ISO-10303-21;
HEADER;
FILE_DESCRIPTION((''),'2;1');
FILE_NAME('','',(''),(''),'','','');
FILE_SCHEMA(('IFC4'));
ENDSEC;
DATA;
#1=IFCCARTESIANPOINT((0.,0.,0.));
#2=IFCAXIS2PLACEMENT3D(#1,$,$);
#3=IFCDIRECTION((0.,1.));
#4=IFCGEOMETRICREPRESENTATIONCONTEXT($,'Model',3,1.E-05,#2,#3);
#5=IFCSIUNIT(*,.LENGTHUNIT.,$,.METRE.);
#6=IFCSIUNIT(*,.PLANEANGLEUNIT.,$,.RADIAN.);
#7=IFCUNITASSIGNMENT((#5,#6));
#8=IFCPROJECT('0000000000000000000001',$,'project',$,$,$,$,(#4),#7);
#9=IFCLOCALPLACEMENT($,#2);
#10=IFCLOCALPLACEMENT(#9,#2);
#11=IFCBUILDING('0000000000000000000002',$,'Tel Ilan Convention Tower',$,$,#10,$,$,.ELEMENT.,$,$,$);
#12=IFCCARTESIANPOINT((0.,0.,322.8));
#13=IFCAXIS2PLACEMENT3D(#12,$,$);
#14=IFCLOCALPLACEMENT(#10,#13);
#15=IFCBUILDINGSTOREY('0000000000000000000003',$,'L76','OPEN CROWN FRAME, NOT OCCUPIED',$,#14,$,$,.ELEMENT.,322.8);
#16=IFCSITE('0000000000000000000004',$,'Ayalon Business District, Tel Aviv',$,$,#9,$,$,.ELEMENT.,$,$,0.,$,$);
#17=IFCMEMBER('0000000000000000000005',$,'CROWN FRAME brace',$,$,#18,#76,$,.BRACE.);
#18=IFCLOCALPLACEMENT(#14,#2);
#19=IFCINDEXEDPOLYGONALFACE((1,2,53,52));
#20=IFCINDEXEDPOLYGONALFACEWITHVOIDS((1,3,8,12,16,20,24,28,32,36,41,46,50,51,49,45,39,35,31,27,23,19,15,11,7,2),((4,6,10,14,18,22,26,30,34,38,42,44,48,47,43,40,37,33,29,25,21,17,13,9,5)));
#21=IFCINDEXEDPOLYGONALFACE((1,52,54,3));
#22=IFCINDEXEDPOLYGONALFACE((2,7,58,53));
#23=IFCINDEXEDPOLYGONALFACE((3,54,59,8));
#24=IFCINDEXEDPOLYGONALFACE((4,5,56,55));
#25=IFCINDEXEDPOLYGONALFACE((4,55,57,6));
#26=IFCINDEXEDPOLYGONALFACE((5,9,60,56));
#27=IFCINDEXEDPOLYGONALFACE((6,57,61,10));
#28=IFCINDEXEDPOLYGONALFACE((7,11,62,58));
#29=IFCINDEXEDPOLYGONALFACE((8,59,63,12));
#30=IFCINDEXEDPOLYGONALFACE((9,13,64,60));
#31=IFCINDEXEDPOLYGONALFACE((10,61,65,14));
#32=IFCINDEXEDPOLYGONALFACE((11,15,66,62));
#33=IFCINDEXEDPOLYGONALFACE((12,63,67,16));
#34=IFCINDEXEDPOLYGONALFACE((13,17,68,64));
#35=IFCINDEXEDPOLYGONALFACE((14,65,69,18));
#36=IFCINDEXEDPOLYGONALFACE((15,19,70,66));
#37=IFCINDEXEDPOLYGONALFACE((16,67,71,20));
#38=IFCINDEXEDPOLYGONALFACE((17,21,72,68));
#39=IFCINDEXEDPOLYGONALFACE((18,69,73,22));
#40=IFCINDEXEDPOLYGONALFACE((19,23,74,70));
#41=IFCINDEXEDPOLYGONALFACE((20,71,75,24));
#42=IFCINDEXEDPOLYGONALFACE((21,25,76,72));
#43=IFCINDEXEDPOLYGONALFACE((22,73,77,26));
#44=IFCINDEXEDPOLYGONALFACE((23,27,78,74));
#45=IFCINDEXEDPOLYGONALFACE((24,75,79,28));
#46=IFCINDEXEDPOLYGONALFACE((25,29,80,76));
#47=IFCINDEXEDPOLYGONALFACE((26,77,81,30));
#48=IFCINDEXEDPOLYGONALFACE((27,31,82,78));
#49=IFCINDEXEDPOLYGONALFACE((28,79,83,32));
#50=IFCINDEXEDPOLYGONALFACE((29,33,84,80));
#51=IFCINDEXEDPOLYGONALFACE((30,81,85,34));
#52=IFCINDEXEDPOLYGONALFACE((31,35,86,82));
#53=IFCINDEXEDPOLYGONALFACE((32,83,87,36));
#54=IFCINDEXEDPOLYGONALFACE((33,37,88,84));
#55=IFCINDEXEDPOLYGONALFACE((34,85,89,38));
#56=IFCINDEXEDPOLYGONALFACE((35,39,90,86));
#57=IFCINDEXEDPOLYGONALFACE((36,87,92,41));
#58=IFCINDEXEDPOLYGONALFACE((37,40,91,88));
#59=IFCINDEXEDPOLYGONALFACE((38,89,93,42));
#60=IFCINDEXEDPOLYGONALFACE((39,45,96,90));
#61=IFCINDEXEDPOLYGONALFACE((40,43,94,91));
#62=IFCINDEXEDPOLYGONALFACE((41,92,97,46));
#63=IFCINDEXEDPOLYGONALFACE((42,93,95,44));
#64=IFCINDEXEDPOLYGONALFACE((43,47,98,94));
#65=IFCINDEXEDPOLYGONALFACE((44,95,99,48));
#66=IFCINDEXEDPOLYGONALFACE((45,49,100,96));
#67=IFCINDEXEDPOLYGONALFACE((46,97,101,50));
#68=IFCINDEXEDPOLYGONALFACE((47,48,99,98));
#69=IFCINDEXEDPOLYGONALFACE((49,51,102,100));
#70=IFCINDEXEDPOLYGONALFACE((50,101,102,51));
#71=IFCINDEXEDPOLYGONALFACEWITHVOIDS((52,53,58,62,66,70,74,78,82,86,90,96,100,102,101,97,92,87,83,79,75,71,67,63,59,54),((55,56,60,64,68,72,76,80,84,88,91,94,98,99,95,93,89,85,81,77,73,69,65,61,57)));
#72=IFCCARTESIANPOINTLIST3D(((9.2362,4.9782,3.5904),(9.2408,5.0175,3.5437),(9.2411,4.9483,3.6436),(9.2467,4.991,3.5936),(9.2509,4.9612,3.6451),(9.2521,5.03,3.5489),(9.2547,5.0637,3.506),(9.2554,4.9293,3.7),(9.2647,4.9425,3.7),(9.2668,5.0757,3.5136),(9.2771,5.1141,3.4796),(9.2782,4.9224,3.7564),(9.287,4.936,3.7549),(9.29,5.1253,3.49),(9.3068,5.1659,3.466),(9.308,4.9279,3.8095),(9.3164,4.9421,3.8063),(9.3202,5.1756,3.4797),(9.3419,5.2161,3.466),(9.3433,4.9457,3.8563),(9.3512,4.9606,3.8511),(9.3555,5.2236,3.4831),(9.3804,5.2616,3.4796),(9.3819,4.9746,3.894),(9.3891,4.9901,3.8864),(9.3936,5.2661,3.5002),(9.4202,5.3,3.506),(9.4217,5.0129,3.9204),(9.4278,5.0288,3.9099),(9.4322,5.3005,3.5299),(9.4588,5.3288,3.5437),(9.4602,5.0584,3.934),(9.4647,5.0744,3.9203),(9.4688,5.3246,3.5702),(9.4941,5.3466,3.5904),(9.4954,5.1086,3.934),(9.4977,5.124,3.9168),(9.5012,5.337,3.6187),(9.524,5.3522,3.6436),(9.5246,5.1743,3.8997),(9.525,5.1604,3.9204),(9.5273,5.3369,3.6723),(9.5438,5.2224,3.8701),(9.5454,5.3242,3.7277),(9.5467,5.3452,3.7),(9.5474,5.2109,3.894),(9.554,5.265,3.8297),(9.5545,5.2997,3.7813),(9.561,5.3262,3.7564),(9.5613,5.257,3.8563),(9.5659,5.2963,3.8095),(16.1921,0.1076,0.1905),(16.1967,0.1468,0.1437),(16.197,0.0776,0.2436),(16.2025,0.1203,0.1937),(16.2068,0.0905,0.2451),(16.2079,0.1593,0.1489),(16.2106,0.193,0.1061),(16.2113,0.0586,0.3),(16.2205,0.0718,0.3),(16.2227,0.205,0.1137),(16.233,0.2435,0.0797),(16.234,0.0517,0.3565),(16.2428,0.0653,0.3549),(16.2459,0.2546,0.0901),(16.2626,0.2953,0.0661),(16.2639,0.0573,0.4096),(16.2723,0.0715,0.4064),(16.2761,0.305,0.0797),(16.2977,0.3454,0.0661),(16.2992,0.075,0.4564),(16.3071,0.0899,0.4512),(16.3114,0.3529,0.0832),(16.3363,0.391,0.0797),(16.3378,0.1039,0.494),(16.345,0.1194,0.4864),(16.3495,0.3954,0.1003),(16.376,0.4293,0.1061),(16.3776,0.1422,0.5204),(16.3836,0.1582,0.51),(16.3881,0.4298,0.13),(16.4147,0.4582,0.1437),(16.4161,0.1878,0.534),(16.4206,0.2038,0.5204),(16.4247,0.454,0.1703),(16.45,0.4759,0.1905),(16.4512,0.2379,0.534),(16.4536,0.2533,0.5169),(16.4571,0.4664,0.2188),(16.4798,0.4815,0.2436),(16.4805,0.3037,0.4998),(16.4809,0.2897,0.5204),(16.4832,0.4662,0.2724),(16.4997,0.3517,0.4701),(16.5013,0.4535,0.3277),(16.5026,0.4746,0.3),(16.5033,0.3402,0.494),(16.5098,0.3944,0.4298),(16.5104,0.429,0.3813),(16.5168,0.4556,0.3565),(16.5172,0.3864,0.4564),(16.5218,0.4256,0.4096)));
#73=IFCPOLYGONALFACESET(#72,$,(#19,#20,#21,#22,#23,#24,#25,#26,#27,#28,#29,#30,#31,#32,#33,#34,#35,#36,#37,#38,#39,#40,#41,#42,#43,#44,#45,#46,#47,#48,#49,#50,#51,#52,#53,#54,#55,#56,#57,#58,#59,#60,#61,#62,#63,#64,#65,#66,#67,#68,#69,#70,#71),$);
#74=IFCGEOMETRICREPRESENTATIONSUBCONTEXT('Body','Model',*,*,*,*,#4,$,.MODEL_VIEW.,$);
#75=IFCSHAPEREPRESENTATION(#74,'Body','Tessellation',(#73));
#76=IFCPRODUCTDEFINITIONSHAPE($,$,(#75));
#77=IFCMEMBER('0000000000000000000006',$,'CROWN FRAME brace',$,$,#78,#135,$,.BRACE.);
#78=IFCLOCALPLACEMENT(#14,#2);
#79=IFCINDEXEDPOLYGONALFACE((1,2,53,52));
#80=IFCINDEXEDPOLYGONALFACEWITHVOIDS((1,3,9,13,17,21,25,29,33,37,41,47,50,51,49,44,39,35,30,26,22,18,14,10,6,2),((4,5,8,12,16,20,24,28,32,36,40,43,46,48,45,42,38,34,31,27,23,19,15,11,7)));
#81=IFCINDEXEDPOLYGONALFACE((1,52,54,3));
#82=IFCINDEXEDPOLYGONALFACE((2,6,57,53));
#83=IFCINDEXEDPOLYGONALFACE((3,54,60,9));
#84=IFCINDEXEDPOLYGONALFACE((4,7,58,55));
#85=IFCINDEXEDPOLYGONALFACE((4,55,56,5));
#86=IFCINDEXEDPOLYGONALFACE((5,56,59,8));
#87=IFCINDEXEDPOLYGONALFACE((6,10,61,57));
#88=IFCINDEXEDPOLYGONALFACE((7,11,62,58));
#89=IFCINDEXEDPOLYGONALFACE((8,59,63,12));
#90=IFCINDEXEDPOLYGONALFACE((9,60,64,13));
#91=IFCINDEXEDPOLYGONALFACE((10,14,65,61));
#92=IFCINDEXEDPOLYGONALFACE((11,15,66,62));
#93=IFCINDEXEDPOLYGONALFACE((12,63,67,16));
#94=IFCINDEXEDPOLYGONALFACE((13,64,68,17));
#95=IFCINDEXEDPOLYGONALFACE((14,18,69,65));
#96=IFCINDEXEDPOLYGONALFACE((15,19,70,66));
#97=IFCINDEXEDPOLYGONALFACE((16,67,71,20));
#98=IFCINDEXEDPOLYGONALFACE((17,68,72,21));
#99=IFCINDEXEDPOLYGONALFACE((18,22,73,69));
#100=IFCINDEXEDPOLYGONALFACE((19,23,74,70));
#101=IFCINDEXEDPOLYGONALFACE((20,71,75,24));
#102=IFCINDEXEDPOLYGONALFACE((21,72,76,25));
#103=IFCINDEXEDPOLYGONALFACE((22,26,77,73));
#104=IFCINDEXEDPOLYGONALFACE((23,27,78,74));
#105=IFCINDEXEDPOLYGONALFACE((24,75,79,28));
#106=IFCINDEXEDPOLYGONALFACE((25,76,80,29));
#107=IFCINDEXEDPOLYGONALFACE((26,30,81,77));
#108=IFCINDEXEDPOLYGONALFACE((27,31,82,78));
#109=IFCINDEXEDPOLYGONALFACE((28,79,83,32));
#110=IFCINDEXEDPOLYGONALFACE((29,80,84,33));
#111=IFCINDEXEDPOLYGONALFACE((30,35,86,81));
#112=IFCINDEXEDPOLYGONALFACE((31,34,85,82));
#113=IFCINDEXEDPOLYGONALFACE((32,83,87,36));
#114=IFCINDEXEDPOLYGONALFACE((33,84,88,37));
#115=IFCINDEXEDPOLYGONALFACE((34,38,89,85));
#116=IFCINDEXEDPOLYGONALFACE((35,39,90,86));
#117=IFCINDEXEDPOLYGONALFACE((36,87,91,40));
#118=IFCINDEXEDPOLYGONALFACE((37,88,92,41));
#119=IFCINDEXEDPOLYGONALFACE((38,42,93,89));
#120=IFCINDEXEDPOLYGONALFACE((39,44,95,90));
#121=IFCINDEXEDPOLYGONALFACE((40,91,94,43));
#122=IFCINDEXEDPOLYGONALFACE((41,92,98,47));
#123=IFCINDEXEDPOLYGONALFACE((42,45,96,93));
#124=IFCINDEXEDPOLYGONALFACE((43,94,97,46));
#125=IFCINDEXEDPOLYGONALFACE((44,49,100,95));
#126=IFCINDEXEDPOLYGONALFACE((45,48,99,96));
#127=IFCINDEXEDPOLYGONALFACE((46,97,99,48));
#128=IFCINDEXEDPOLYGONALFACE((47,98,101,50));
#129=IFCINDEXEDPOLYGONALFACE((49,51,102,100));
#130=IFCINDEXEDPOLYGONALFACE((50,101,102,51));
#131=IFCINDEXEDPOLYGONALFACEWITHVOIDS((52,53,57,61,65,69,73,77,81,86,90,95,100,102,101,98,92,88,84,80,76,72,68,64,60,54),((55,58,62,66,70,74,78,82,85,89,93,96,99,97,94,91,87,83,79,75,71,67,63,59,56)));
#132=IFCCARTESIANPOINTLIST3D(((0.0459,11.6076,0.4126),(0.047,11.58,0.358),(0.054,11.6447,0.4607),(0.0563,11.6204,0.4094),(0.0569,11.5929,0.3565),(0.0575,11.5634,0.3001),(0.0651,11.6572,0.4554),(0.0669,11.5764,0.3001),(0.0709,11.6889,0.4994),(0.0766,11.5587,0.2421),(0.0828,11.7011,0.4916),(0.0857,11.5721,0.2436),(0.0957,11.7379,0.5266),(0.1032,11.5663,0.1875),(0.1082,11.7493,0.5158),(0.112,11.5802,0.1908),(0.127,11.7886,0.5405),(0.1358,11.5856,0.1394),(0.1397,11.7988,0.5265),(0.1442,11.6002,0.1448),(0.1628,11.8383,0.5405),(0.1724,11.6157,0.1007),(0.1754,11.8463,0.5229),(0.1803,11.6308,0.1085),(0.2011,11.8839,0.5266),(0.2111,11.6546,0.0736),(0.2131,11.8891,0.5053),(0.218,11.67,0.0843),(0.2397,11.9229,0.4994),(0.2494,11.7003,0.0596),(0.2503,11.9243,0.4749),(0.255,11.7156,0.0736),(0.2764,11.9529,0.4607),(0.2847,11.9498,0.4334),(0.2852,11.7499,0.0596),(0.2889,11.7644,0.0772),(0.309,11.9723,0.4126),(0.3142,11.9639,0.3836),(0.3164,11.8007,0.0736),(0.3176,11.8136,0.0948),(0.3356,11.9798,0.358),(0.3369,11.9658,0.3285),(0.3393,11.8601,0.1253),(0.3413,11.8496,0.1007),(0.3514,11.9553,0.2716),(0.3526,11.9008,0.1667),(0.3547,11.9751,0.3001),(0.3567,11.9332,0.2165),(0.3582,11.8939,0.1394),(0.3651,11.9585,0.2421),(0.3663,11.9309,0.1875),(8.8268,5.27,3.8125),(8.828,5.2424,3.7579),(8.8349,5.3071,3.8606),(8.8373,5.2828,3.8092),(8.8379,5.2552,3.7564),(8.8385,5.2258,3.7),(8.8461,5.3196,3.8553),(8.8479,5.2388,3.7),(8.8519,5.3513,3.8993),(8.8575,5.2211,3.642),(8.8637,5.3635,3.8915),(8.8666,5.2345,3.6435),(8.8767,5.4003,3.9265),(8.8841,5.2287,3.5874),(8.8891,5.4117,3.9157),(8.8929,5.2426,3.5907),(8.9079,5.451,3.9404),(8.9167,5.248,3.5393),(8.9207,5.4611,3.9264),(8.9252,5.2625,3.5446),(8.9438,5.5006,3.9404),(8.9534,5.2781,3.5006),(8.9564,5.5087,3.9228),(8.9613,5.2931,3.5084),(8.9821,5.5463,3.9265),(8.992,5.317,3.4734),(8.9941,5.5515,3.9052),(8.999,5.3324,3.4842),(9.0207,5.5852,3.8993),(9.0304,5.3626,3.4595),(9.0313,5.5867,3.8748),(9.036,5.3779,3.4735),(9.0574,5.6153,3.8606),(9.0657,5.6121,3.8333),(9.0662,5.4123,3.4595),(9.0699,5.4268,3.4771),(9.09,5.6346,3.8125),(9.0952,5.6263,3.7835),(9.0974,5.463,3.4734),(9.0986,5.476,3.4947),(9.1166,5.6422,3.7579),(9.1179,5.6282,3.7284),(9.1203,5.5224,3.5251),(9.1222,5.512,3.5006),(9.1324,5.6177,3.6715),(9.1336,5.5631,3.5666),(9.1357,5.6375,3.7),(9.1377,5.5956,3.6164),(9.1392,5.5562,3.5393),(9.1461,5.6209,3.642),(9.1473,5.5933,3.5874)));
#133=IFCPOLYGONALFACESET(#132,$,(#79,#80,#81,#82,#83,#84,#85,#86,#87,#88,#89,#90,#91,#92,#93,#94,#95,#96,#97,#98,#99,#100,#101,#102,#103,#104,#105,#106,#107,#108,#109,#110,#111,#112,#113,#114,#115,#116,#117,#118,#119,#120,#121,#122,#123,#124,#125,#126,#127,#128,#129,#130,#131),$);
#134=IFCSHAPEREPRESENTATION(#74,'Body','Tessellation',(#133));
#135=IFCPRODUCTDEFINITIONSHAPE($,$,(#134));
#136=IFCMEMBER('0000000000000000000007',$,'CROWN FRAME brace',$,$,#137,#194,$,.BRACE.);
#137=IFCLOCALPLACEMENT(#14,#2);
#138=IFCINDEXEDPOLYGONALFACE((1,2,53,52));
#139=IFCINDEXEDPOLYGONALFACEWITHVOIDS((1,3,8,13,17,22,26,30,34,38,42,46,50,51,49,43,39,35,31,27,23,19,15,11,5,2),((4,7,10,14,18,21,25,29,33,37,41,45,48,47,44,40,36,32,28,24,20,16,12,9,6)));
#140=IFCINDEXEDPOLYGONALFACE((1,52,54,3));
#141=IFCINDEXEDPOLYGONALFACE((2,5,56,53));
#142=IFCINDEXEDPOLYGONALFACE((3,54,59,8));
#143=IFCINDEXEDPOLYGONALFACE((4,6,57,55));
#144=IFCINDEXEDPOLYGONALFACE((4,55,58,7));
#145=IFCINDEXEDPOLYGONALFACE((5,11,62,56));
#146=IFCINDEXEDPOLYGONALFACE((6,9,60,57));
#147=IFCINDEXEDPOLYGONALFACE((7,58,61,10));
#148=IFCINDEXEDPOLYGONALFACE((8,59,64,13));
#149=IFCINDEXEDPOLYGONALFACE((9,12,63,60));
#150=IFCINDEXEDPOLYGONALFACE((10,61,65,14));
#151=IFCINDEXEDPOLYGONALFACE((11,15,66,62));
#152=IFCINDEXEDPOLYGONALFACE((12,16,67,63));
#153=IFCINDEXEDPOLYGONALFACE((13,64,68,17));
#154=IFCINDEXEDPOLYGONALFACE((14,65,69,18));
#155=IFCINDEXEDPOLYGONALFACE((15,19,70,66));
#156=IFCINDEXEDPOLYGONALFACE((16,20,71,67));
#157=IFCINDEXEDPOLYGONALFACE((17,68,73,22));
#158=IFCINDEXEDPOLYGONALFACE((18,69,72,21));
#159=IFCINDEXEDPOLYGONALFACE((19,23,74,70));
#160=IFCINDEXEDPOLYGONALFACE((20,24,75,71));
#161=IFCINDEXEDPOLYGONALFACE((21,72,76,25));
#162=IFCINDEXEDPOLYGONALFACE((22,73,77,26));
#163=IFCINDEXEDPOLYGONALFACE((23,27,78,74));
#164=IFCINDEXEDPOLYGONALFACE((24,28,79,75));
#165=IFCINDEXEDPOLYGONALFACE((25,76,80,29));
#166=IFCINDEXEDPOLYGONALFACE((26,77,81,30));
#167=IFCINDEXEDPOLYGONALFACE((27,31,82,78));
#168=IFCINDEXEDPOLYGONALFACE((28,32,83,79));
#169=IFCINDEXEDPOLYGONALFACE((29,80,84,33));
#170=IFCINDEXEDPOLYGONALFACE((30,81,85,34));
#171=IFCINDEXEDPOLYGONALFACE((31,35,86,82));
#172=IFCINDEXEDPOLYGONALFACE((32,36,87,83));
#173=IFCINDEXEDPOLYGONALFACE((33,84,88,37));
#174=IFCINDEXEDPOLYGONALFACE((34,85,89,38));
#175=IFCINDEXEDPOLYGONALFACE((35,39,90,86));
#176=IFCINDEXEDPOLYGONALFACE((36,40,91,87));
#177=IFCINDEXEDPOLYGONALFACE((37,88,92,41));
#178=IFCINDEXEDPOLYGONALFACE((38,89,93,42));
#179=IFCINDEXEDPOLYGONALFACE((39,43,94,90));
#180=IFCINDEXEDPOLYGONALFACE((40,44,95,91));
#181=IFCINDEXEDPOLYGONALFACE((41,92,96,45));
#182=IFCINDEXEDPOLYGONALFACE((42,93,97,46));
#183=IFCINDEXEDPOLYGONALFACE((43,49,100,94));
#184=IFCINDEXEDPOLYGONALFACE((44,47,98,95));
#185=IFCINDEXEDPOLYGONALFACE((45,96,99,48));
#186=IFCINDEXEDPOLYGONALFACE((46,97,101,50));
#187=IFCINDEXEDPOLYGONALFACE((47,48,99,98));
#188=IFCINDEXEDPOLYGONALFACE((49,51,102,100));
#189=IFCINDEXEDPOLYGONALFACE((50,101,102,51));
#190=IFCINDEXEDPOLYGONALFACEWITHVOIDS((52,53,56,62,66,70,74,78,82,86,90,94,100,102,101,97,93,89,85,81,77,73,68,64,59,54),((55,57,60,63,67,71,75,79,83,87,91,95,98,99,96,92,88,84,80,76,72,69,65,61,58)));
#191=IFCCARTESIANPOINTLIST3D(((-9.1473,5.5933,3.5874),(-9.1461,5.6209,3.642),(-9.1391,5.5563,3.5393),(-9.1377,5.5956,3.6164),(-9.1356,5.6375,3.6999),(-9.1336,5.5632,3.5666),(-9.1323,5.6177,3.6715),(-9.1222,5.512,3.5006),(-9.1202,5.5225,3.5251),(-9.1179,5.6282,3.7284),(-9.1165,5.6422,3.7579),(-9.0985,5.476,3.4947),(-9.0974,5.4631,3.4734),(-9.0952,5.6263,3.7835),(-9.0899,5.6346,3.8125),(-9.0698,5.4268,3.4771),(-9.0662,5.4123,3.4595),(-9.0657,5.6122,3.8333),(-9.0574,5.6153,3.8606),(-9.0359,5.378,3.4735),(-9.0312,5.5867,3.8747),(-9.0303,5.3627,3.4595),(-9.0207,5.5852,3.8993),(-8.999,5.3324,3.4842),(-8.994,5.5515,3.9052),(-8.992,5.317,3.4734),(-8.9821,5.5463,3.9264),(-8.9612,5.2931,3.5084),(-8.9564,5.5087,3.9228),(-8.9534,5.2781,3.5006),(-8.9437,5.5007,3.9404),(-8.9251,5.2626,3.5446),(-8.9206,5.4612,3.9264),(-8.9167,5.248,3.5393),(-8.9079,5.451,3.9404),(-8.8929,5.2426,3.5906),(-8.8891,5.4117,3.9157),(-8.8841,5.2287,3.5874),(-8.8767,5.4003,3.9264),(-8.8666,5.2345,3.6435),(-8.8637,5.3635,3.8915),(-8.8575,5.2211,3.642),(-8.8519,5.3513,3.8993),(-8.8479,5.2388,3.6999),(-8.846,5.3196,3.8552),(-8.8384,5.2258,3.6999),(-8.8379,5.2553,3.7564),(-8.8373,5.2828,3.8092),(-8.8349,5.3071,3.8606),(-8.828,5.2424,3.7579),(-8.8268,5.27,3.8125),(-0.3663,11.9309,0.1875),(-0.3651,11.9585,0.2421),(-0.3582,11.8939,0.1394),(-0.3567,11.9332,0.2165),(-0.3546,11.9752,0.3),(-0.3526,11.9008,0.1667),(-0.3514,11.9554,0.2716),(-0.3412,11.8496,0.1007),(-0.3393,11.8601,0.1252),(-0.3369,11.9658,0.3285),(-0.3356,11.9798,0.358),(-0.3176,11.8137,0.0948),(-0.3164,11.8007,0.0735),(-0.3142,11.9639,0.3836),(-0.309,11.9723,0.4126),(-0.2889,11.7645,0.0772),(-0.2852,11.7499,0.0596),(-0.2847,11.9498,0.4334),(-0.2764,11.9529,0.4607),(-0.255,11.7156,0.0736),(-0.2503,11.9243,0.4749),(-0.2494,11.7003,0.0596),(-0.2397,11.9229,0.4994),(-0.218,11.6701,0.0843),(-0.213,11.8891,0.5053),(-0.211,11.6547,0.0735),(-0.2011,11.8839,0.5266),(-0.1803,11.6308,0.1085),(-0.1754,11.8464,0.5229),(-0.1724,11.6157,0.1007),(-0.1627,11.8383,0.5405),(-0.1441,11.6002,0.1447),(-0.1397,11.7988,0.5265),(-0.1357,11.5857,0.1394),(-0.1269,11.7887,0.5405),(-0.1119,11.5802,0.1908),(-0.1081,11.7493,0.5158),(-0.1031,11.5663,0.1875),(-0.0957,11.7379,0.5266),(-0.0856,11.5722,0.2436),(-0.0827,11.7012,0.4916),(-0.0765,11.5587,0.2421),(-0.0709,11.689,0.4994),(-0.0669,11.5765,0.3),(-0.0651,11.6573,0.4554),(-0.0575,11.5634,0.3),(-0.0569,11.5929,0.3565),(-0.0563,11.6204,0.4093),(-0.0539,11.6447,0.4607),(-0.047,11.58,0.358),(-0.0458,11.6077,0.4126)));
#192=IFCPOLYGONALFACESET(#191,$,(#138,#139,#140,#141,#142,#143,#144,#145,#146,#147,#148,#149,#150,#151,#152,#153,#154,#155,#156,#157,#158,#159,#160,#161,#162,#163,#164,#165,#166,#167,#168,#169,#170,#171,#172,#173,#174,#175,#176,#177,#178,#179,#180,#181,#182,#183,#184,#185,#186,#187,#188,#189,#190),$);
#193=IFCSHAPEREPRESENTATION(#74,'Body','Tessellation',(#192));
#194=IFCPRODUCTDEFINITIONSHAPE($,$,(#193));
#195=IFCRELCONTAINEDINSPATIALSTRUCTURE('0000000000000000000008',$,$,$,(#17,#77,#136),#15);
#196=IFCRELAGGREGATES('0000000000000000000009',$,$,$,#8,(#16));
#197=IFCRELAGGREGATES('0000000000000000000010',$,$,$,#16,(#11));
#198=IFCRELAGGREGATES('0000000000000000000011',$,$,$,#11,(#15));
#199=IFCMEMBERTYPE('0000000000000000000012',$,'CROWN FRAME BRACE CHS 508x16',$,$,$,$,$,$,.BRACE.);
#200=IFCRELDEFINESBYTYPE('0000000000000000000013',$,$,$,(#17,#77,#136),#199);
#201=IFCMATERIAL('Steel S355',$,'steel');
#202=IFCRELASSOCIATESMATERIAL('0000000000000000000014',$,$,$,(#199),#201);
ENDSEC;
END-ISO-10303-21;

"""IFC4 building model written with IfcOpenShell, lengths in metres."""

from ifc_helpers import new_model, si_unit, direction, frame, origin, origin_2d, place, context, subcontext, project, spatial, hollow_circle, extrude, material, material_profile, profile_set, type_object, element, save


model = new_model("IFC4")

# Units and contexts
model_context = context("Model", 3, precision=1e-05, world=origin(), true_north=direction((0.0, 1.0)))
body_context = subcontext(model_context, "Body", "Model", "MODEL_VIEW")
ifc_project = project(units=[si_unit("LENGTHUNIT", "METRE"), si_unit("PLANEANGLEUNIT", "RADIAN")], contexts=[model_context])

# Site, building, storey
site_placement = place(None, origin())
site = spatial("IfcSite", under=ifc_project, at=site_placement, Name="Ayalon Business District, Tel Aviv", CompositionType="ELEMENT", RefElevation=0.0)
building_placement = place(site_placement, origin())
building = spatial("IfcBuilding", under=site, at=building_placement, Name="Tel Ilan Convention Tower", CompositionType="ELEMENT")
storey_placement = place(building_placement, frame((0.0, 0.0, 322.8)))
storey = spatial("IfcBuildingStorey", under=building, at=storey_placement, Name="L76", Description="OPEN CROWN FRAME, NOT OCCUPIED", CompositionType="ELEMENT", Elevation=322.8)

# Members
ifc_material_1 = material(Name="Steel S355", Category="steel")
ifc_material_profile_1 = material_profile(ifc_material_1, hollow_circle(Radius=0.2539, WallThickness=0.0161, at=origin_2d()), Name="CHS 508x16")
ifc_profile_set_1 = profile_set([ifc_material_profile_1], Name="Steel S355")
member_type = type_object("IfcMemberType", Name="CROWN FRAME BRACE CHS 508x16", PredefinedType="BRACE", material=ifc_profile_set_1)
member_1_placement = place(storey_placement, frame((16.3569, 0.2666, 0.3), z_axis=(-0.760457, 0.532488, 0.371701), x_axis=(-0.573584, -0.819147, 0.0)))
element("IfcMember", 1, at=member_1_placement, inside=storey, type_object=member_type, Name="CROWN FRAME brace", PredefinedType="BRACE", context=body_context, shape_type="SweptSolid", body=[
    extrude(hollow_circle(Radius=0.2539, WallThickness=0.0161, at=origin_2d()), origin(), (0.0, 0.0, 1.0), 9.147),
])
for number, where, z_axis, x_axis, name in (
    (2, (8.9871, 5.4316, 3.7), (-0.773631, 0.558364, -0.299541), (-0.585236, -0.810863, 0.0), "CROWN FRAME brace"),
    (3, (-0.2061, 11.7693, 0.3), (-0.773631, -0.558364, 0.299541), (0.585236, -0.810863, 0.0), "CROWN FRAME brace"),
):
    element("IfcMember", number, at=place(storey_placement, frame(where, z_axis=z_axis, x_axis=x_axis)), inside=storey, type_object=member_type, Name=name, PredefinedType="BRACE", context=body_context, shape_type="SweptSolid", body=[
        extrude(hollow_circle(Radius=0.2539, WallThickness=0.0161, at=origin_2d()), origin(), (0.0, 0.0, 1.0), 11.3503),
    ])

save(model, "model.ifc")
